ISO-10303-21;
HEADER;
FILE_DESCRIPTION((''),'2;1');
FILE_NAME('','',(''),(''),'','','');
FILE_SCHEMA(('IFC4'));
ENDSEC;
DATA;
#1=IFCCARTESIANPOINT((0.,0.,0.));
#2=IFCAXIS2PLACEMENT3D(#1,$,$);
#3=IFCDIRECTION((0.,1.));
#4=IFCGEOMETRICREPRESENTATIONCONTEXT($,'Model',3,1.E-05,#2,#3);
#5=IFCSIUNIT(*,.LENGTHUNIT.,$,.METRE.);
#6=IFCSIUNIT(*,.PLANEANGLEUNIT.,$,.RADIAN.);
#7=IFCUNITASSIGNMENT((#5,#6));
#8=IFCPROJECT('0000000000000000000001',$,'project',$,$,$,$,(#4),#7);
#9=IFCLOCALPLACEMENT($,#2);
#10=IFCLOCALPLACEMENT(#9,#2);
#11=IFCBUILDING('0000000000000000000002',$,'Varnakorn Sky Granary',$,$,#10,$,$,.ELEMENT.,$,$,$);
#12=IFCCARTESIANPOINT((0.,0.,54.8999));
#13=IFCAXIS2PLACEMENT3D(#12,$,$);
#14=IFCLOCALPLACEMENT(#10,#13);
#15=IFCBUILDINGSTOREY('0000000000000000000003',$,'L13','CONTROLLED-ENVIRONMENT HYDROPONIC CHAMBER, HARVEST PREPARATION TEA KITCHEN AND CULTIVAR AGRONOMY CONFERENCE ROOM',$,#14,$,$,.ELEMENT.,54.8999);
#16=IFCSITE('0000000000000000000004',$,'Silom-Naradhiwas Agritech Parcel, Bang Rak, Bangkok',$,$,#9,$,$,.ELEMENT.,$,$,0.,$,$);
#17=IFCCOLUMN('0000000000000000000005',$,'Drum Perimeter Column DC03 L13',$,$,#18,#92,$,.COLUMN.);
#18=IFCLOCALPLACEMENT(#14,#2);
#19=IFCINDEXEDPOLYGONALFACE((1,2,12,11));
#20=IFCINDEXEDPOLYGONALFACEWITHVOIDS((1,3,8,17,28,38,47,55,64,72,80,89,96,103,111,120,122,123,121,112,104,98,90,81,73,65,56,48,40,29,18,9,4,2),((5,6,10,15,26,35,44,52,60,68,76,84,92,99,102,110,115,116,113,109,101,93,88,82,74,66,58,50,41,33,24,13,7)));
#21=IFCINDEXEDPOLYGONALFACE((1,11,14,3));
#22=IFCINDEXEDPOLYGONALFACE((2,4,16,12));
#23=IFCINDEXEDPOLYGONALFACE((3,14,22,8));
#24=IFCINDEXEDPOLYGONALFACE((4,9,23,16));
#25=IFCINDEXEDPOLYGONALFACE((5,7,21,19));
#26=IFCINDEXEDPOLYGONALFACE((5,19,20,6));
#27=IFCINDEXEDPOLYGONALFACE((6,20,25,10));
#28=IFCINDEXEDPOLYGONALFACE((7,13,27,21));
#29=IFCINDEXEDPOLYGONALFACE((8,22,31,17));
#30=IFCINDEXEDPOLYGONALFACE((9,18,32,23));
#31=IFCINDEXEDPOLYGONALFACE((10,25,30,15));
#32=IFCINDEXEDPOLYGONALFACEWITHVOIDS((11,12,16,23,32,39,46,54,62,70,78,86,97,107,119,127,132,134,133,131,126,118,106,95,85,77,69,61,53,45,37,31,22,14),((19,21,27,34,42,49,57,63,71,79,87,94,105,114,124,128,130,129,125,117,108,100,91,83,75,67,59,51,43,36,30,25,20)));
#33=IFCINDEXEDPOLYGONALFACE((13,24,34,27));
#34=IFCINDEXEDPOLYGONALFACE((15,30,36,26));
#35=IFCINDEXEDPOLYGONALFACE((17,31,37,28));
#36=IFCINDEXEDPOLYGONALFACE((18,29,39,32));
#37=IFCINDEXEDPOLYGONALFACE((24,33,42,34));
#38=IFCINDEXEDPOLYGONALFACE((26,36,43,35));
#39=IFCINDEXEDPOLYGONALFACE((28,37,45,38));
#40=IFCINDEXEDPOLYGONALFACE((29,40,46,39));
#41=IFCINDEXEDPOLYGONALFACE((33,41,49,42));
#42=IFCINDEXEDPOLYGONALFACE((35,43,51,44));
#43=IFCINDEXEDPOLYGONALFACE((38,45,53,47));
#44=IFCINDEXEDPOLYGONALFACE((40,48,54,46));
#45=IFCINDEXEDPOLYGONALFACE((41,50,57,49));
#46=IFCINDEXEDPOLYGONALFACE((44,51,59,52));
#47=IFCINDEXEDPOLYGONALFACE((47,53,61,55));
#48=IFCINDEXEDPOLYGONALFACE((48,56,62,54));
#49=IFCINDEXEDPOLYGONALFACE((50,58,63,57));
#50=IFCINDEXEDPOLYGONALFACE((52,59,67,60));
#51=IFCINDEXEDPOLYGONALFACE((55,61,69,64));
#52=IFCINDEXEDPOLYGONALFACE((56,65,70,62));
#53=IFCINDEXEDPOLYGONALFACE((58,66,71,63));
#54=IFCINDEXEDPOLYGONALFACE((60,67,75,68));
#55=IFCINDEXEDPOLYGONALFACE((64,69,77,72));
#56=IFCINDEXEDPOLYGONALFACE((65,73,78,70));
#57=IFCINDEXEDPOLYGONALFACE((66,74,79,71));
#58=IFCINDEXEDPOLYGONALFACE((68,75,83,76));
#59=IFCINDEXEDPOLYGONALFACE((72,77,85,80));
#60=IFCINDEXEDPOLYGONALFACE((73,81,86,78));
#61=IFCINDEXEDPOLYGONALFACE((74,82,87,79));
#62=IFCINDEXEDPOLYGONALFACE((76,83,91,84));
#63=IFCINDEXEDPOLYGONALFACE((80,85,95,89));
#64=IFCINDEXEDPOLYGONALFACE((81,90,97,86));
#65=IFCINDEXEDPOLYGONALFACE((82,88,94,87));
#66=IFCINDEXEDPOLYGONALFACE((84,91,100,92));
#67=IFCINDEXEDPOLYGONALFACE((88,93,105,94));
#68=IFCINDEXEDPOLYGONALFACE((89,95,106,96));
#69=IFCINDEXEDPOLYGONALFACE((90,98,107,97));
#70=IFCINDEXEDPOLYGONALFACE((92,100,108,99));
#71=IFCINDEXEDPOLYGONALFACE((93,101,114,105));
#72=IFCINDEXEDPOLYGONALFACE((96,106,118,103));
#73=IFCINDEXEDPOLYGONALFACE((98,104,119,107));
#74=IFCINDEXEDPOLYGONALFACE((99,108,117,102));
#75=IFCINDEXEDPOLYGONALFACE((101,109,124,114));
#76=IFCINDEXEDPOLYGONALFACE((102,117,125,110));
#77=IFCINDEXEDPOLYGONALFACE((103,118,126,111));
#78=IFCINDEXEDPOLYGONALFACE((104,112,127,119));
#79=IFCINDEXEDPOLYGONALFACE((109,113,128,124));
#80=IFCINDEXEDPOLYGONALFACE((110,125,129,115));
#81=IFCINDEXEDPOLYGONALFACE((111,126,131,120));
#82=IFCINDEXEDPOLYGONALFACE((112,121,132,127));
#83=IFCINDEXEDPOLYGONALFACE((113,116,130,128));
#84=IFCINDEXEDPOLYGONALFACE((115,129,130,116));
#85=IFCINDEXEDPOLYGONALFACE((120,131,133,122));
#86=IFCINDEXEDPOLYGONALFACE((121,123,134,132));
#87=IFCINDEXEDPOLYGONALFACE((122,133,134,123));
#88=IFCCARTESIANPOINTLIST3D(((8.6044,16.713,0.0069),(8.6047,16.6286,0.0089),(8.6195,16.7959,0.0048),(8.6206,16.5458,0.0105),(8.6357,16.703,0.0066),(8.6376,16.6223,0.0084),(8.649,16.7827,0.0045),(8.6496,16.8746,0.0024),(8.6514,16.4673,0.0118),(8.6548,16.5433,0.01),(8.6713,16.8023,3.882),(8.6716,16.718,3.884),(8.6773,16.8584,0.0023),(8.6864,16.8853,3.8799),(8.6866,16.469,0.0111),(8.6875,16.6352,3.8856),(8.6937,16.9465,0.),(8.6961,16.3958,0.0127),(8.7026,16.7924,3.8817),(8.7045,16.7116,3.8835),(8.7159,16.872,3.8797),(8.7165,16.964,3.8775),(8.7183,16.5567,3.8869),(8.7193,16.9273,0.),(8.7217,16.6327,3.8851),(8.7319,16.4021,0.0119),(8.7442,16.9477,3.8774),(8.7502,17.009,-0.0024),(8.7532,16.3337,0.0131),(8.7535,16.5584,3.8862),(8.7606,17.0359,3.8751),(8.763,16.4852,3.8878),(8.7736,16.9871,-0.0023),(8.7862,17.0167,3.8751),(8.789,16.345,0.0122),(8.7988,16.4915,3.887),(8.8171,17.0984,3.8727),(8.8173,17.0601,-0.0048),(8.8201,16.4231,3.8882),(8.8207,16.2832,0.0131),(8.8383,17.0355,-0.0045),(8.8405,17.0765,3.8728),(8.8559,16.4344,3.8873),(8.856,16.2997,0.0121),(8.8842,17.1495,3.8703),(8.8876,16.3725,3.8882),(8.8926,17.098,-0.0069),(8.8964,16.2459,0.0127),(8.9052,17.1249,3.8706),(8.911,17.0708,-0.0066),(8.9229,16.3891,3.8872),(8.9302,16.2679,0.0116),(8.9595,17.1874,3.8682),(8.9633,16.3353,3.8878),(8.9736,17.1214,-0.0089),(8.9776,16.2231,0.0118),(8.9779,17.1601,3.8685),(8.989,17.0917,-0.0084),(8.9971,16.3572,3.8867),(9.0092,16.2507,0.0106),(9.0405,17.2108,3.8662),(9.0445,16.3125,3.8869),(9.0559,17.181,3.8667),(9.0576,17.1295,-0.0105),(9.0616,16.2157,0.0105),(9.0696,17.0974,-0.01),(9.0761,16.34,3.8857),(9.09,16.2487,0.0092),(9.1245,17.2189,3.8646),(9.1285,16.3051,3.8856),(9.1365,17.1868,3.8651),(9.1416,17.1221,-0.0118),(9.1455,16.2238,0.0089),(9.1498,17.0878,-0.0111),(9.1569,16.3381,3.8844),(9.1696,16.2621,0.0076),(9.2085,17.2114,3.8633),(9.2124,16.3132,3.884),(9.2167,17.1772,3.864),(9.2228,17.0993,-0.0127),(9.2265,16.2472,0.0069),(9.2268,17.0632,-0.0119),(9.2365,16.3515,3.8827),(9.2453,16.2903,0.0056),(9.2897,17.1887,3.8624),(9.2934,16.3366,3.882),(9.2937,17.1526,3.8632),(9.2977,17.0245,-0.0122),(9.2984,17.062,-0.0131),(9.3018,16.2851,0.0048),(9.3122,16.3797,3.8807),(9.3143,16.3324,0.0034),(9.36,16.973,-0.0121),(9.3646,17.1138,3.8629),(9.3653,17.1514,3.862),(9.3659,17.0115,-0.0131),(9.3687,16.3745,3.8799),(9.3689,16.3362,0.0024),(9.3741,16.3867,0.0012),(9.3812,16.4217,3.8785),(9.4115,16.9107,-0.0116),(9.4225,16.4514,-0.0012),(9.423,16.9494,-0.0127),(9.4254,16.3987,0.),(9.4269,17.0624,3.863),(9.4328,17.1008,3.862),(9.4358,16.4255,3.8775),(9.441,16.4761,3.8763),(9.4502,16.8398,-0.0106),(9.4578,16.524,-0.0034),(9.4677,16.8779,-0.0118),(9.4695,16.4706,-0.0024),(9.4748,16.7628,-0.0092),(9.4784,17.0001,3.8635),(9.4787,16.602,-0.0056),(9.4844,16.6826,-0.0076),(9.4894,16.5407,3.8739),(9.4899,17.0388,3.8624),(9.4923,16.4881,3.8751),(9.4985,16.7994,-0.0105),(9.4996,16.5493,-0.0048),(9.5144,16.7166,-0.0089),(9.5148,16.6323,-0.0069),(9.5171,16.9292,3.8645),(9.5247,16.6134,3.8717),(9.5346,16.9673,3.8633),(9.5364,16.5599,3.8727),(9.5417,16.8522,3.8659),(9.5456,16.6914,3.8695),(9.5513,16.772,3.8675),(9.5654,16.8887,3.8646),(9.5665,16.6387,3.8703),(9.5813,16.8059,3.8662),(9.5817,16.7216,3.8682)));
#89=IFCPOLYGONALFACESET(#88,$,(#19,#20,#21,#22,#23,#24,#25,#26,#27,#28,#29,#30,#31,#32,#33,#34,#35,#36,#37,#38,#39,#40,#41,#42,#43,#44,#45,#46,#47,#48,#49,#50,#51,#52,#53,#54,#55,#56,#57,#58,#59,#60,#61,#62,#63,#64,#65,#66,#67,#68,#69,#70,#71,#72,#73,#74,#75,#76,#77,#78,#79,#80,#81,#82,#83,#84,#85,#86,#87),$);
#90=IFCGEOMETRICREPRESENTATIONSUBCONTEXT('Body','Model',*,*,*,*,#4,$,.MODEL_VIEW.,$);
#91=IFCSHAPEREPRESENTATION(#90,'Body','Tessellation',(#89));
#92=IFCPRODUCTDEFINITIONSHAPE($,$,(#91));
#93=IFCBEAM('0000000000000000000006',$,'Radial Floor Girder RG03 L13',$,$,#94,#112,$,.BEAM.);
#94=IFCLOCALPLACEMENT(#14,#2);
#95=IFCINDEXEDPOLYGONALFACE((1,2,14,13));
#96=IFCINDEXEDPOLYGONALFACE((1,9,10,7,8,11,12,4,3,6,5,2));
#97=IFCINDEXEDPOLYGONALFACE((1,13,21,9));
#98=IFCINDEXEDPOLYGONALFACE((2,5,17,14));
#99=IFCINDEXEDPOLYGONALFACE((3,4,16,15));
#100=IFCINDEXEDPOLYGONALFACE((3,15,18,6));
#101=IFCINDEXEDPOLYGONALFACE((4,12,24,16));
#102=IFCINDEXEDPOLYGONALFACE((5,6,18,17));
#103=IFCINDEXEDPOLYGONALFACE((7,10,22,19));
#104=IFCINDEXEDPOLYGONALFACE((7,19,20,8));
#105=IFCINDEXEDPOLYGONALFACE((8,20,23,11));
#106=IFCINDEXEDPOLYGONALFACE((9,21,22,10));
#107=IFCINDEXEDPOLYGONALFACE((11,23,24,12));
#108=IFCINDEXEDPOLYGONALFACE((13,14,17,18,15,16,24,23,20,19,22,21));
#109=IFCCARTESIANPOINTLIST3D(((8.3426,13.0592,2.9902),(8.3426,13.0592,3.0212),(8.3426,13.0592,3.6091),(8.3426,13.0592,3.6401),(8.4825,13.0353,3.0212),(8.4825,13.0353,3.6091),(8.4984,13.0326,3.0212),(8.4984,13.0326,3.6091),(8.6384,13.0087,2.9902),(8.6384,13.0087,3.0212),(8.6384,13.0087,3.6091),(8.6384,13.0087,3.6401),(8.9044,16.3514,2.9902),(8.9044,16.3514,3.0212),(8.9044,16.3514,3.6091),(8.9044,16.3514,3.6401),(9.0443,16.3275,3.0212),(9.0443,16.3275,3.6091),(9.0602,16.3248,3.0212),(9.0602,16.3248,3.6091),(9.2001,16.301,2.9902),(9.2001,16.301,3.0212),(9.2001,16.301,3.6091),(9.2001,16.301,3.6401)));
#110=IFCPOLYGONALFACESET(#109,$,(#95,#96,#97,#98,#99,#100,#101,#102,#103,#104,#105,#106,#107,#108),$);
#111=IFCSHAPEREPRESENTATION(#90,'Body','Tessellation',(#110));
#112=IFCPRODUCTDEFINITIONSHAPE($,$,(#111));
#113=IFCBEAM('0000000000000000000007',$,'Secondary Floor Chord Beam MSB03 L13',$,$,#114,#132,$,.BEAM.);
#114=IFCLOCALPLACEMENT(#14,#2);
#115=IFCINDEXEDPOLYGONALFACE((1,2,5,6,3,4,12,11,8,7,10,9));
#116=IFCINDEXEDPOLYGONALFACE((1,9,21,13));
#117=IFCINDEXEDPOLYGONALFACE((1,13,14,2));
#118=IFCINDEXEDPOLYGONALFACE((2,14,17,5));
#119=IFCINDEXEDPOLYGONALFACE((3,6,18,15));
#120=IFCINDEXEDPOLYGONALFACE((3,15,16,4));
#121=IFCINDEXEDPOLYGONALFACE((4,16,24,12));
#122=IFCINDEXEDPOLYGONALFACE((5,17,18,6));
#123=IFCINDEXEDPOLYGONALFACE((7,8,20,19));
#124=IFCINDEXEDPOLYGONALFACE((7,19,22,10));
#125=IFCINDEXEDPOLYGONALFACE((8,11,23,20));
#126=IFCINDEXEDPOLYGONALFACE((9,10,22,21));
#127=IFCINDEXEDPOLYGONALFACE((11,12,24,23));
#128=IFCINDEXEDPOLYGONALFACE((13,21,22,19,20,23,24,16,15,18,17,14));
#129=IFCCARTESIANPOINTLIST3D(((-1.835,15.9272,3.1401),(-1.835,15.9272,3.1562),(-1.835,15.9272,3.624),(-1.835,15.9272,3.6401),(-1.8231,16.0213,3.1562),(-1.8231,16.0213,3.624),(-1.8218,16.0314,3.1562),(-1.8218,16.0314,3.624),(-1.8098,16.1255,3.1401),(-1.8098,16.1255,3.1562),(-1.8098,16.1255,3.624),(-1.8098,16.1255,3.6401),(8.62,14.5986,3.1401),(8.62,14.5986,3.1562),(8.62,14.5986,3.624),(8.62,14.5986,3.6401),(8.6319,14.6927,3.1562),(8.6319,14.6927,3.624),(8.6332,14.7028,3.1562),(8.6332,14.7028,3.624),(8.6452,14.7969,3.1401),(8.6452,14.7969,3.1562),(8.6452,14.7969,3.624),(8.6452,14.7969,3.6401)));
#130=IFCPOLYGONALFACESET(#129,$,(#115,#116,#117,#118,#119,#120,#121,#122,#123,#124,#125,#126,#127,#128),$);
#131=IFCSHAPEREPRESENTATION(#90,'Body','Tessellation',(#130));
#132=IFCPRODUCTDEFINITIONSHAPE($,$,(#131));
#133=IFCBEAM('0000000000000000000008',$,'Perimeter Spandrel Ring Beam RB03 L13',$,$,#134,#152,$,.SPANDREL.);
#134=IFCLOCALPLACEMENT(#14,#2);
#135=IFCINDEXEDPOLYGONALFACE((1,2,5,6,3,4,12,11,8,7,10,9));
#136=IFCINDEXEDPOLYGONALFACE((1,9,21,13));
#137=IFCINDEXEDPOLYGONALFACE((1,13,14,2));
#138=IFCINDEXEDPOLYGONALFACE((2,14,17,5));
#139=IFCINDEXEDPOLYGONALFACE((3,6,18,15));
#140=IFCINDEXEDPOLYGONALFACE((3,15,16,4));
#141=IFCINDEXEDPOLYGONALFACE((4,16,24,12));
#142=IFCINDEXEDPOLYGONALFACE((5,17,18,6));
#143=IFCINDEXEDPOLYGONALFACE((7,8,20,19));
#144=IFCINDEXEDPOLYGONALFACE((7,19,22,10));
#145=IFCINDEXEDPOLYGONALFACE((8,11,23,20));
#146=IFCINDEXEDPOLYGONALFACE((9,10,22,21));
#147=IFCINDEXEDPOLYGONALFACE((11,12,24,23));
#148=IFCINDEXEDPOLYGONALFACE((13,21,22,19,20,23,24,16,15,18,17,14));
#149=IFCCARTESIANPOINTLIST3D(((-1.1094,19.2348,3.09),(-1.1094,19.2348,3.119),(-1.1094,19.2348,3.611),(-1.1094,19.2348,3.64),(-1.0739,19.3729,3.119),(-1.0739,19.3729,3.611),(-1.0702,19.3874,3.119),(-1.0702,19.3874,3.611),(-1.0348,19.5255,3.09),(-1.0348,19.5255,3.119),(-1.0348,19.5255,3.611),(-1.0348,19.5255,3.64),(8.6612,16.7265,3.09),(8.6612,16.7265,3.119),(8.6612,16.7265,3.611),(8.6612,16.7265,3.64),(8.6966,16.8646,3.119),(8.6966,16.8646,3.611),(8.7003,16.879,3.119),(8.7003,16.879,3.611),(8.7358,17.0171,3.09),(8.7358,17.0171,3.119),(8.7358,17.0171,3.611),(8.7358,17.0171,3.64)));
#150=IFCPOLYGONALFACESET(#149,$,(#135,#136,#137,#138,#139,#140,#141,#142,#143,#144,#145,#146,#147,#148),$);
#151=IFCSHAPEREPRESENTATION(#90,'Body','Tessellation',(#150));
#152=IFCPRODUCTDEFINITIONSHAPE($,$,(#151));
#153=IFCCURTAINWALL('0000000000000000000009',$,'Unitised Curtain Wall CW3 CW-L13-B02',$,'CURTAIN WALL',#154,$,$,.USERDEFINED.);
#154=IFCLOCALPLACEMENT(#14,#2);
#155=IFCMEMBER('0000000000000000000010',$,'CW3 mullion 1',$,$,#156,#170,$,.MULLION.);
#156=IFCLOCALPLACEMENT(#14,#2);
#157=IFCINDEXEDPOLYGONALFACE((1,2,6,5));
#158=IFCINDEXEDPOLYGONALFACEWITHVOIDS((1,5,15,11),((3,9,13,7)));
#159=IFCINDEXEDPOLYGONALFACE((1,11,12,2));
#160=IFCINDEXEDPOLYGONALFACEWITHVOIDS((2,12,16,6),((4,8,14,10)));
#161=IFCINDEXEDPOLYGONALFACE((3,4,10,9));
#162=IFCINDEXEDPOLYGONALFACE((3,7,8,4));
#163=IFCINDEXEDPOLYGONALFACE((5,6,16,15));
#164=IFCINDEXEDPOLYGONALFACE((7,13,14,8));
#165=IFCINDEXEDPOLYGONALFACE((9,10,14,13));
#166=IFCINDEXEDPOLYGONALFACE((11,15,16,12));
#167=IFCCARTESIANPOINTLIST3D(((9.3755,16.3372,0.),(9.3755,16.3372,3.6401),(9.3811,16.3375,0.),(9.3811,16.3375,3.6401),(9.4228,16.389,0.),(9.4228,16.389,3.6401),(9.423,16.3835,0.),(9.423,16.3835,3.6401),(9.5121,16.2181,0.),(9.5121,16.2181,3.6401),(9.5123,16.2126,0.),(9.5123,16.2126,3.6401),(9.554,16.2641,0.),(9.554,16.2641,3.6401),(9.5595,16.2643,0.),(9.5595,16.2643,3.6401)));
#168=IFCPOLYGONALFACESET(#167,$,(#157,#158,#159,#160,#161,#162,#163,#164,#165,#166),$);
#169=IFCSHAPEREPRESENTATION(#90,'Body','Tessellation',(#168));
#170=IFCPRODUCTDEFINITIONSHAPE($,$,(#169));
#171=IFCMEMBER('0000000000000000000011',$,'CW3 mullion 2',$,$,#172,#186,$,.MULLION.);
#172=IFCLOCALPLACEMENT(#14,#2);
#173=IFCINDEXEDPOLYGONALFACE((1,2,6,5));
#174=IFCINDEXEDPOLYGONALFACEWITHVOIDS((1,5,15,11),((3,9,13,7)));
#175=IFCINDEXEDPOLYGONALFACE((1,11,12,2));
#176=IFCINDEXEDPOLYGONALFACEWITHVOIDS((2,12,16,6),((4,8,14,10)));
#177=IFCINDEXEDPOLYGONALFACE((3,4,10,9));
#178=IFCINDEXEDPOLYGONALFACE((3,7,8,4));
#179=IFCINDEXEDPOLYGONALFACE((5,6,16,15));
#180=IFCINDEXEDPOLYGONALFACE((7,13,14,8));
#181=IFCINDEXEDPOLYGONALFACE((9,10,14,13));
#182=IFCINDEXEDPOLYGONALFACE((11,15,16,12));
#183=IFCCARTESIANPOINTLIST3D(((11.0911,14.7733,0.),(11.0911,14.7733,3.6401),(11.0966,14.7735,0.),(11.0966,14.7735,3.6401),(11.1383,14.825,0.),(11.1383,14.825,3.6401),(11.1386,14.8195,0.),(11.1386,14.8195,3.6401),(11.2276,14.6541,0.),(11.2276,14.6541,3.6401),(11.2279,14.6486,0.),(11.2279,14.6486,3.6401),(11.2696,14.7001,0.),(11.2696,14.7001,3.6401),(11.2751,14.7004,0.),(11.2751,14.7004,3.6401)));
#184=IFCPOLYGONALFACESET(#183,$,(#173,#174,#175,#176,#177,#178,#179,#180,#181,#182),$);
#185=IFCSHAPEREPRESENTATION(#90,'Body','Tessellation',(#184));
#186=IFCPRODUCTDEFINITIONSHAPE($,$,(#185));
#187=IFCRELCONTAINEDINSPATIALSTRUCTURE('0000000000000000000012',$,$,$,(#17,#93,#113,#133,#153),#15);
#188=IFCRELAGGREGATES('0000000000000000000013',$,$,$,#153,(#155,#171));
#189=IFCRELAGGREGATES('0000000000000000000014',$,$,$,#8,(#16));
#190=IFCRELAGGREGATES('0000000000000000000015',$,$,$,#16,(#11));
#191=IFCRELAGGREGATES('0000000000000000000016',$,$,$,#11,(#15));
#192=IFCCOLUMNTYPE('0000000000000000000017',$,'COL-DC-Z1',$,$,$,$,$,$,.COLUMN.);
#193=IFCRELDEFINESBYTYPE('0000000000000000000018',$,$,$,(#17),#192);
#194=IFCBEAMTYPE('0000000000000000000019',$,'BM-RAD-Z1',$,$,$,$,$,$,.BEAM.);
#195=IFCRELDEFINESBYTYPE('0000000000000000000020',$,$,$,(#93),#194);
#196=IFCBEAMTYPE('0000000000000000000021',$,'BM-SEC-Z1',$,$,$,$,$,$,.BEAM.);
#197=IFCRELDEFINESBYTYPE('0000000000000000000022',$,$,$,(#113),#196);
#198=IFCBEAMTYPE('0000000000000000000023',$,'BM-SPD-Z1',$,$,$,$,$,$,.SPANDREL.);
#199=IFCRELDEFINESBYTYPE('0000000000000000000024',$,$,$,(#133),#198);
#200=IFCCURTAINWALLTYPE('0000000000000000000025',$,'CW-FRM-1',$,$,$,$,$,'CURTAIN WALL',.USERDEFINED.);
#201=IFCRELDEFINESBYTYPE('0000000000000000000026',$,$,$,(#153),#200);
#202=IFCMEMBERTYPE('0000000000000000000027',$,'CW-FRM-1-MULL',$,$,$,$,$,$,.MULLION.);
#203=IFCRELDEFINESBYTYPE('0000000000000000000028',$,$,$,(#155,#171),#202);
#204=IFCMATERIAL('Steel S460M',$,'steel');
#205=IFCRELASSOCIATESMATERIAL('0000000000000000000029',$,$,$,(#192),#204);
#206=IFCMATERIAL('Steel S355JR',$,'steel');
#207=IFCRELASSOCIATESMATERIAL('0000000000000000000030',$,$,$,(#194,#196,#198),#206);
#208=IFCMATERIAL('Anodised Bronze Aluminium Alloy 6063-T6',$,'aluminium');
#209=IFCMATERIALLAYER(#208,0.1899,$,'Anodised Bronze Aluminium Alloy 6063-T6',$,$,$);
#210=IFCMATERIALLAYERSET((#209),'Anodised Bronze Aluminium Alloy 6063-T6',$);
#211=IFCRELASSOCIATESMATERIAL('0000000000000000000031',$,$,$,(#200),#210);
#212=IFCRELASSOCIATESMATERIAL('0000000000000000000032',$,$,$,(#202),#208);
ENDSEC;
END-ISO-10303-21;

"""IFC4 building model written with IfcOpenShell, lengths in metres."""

from ifc_helpers import new_model, si_unit, direction, frame, origin, origin_2d, place, context, subcontext, project, spatial, hollow_rectangle, hollow_circle, i_section, extrude, material, layer, layer_set, material_profile, profile_set, type_object, element, aggregate, save


model = new_model("IFC4")

# Units and contexts
model_context = context("Model", 3, precision=1e-05, world=origin(), true_north=direction((0.0, 1.0)))
body_context = subcontext(model_context, "Body", "Model", "MODEL_VIEW")
ifc_project = project(units=[si_unit("LENGTHUNIT", "METRE"), si_unit("PLANEANGLEUNIT", "RADIAN")], contexts=[model_context])

# Site, building, storey
site_placement = place(None, origin())
site = spatial("IfcSite", under=ifc_project, at=site_placement, Name="Silom-Naradhiwas Agritech Parcel, Bang Rak, Bangkok", CompositionType="ELEMENT", RefElevation=0.0)
building_placement = place(site_placement, origin())
building = spatial("IfcBuilding", under=site, at=building_placement, Name="Varnakorn Sky Granary", CompositionType="ELEMENT")
storey_placement = place(building_placement, frame((0.0, 0.0, 54.8999)))
storey = spatial("IfcBuildingStorey", under=building, at=storey_placement, Name="L13", Description="CONTROLLED-ENVIRONMENT HYDROPONIC CHAMBER, HARVEST PREPARATION TEA KITCHEN AND CULTIVAR AGRONOMY CONFERENCE ROOM", CompositionType="ELEMENT", Elevation=54.8999)

# Column
ifc_material_1 = material(Name="Steel S460M", Category="steel")
ifc_material_profile_1 = material_profile(ifc_material_1, hollow_circle(Radius=0.457, WallThickness=0.032, at=origin_2d()), Name="CHS 914x32")
ifc_profile_set_1 = profile_set([ifc_material_profile_1], Name="Steel S460M")
column_type = type_object("IfcColumnType", Name="COL-DC-Z1", PredefinedType="COLUMN", material=ifc_profile_set_1)
column_placement = place(storey_placement, frame((9.0596, 16.6726, 0.0), z_axis=(0.017256, 0.02305, 0.999585), x_axis=(-0.800525, 0.5993, 0.0)))
element("IfcColumn", 1, at=column_placement, inside=storey, type_object=column_type, Name="Drum Perimeter Column DC03 L13", PredefinedType="COLUMN", context=body_context, shape_type="SweptSolid", body=[
    extrude(hollow_circle(Radius=0.457, WallThickness=0.032, at=origin_2d()), origin(), (0.0, 0.0, 1.0), 3.8767),
])

# Beams
ifc_material_2 = material(Name="Steel S355JR", Category="steel")
ifc_material_profile_2 = material_profile(ifc_material_2, i_section(OverallWidth=0.3, OverallDepth=0.6499, WebThickness=0.0161, FlangeThickness=0.031, at=origin_2d()), Name="HE 650 B")
ifc_profile_set_2 = profile_set([ifc_material_profile_2], Name="Steel S355JR")
beam_type_1 = type_object("IfcBeamType", Name="BM-RAD-Z1", PredefinedType="BEAM", material=ifc_profile_set_2)
beam_1_placement = place(storey_placement, frame((8.4905, 13.0339, 3.3152), z_axis=(0.168203, 0.985752, 0.0), x_axis=(-0.985752, 0.168203, 0.0)))
element("IfcBeam", 2, at=beam_1_placement, inside=storey, type_object=beam_type_1, Name="Radial Floor Girder RG03 L13", PredefinedType="BEAM", context=body_context, shape_type="SweptSolid", body=[
    extrude(i_section(OverallWidth=0.3, OverallDepth=0.6499, WebThickness=0.0161, FlangeThickness=0.031, at=origin_2d()), origin(), (0.0, 0.0, 1.0), 3.3398),
])
ifc_material_profile_3 = material_profile(ifc_material_2, i_section(OverallWidth=0.2, OverallDepth=0.5, WebThickness=0.0103, FlangeThickness=0.0161, at=origin_2d()), Name="IPE 500")
ifc_profile_set_3 = profile_set([ifc_material_profile_3], Name="Steel S355JR")
beam_type_2 = type_object("IfcBeamType", Name="BM-SEC-Z1", PredefinedType="BEAM", material=ifc_profile_set_3)
beam_2_placement = place(storey_placement, frame((8.6326, 14.6978, 3.3901), z_axis=(-0.992022, 0.126064, 0.0), x_axis=(-0.126064, -0.992022, 0.0)))
element("IfcBeam", 3, at=beam_2_placement, inside=storey, type_object=beam_type_2, Name="Secondary Floor Chord Beam MSB03 L13", PredefinedType="BEAM", context=body_context, shape_type="SweptSolid", body=[
    extrude(i_section(OverallWidth=0.2, OverallDepth=0.5, WebThickness=0.0103, FlangeThickness=0.0161, at=origin_2d()), origin(), (0.0, 0.0, 1.0), 10.5391),
])
ifc_material_profile_4 = material_profile(ifc_material_2, i_section(OverallWidth=0.3, OverallDepth=0.55, WebThickness=0.0149, FlangeThickness=0.0291, at=origin_2d()), Name="HE 550 B")
ifc_profile_set_4 = profile_set([ifc_material_profile_4], Name="Steel S355JR")
beam_type_3 = type_object("IfcBeamType", Name="BM-SPD-Z1", PredefinedType="SPANDREL", material=ifc_profile_set_4)
beam_3_placement = place(storey_placement, frame((8.6985, 16.8718, 3.365), z_axis=(-0.968591, 0.248658, 0.0), x_axis=(-0.248658, -0.968591, 0.0)))
element("IfcBeam", 4, at=beam_3_placement, inside=storey, type_object=beam_type_3, Name="Perimeter Spandrel Ring Beam RB03 L13", PredefinedType="SPANDREL", context=body_context, shape_type="SweptSolid", body=[
    extrude(i_section(OverallWidth=0.3, OverallDepth=0.55, WebThickness=0.0149, FlangeThickness=0.0291, at=origin_2d()), origin(), (0.0, 0.0, 1.0), 10.0874),
])

# Curtain wall, members
ifc_material_3 = material(Name="Anodised Bronze Aluminium Alloy 6063-T6", Category="aluminium")
ifc_layer_1 = layer(ifc_material_3, 0.1899, Name="Anodised Bronze Aluminium Alloy 6063-T6")
ifc_layer_set_1 = layer_set([ifc_layer_1], Name="Anodised Bronze Aluminium Alloy 6063-T6")
curtain_wall_type = type_object("IfcCurtainWallType", Name="CW-FRM-1", ElementType="CURTAIN WALL", PredefinedType="USERDEFINED", material=ifc_layer_set_1)
curtain_wall_placement = place(storey_placement, origin())
curtain_wall = element("IfcCurtainWall", 5, at=curtain_wall_placement, inside=storey, type_object=curtain_wall_type, Name="Unitised Curtain Wall CW3 CW-L13-B02", ObjectType="CURTAIN WALL", PredefinedType="USERDEFINED")
ifc_material_profile_5 = material_profile(ifc_material_3, hollow_rectangle(XDim=0.0701, YDim=0.1851, WallThickness=0.0039, at=origin_2d()), Name="ALU MULL 70x185")
ifc_profile_set_5 = profile_set([ifc_material_profile_5], Name="Anodised Bronze Aluminium Alloy 6063-T6")
member_type_1 = type_object("IfcMemberType", Name="CW-FRM-1-MULL", PredefinedType="MULLION", material=ifc_profile_set_5)
member_1_placement = place(storey_placement, frame((9.4675, 16.3008, 0.0), z_axis=(0.0, 0.0, 1.0), x_axis=(0.673687, 0.739017, 0.0)))
member_1 = element("IfcMember", 6, at=member_1_placement, type_object=member_type_1, Name="CW3 mullion 1", PredefinedType="MULLION", context=body_context, shape_type="SweptSolid", body=[
    extrude(hollow_rectangle(XDim=0.0701, YDim=0.1851, WallThickness=0.0039, at=origin_2d()), origin(), (0.0, 0.0, 1.0), 3.6401),
])
member_2_placement = place(storey_placement, frame((11.1831, 14.7368, 0.0), z_axis=(0.0, 0.0, 1.0), x_axis=(0.673687, 0.739017, 0.0)))
member_2 = element("IfcMember", 7, at=member_2_placement, type_object=member_type_1, Name="CW3 mullion 2", PredefinedType="MULLION", context=body_context, shape_type="SweptSolid", body=[
    extrude(hollow_rectangle(XDim=0.0701, YDim=0.1851, WallThickness=0.0039, at=origin_2d()), origin(), (0.0, 0.0, 1.0), 3.6401),
])

aggregate(curtain_wall, [member_1, member_2])

save(model, "model.ifc")
